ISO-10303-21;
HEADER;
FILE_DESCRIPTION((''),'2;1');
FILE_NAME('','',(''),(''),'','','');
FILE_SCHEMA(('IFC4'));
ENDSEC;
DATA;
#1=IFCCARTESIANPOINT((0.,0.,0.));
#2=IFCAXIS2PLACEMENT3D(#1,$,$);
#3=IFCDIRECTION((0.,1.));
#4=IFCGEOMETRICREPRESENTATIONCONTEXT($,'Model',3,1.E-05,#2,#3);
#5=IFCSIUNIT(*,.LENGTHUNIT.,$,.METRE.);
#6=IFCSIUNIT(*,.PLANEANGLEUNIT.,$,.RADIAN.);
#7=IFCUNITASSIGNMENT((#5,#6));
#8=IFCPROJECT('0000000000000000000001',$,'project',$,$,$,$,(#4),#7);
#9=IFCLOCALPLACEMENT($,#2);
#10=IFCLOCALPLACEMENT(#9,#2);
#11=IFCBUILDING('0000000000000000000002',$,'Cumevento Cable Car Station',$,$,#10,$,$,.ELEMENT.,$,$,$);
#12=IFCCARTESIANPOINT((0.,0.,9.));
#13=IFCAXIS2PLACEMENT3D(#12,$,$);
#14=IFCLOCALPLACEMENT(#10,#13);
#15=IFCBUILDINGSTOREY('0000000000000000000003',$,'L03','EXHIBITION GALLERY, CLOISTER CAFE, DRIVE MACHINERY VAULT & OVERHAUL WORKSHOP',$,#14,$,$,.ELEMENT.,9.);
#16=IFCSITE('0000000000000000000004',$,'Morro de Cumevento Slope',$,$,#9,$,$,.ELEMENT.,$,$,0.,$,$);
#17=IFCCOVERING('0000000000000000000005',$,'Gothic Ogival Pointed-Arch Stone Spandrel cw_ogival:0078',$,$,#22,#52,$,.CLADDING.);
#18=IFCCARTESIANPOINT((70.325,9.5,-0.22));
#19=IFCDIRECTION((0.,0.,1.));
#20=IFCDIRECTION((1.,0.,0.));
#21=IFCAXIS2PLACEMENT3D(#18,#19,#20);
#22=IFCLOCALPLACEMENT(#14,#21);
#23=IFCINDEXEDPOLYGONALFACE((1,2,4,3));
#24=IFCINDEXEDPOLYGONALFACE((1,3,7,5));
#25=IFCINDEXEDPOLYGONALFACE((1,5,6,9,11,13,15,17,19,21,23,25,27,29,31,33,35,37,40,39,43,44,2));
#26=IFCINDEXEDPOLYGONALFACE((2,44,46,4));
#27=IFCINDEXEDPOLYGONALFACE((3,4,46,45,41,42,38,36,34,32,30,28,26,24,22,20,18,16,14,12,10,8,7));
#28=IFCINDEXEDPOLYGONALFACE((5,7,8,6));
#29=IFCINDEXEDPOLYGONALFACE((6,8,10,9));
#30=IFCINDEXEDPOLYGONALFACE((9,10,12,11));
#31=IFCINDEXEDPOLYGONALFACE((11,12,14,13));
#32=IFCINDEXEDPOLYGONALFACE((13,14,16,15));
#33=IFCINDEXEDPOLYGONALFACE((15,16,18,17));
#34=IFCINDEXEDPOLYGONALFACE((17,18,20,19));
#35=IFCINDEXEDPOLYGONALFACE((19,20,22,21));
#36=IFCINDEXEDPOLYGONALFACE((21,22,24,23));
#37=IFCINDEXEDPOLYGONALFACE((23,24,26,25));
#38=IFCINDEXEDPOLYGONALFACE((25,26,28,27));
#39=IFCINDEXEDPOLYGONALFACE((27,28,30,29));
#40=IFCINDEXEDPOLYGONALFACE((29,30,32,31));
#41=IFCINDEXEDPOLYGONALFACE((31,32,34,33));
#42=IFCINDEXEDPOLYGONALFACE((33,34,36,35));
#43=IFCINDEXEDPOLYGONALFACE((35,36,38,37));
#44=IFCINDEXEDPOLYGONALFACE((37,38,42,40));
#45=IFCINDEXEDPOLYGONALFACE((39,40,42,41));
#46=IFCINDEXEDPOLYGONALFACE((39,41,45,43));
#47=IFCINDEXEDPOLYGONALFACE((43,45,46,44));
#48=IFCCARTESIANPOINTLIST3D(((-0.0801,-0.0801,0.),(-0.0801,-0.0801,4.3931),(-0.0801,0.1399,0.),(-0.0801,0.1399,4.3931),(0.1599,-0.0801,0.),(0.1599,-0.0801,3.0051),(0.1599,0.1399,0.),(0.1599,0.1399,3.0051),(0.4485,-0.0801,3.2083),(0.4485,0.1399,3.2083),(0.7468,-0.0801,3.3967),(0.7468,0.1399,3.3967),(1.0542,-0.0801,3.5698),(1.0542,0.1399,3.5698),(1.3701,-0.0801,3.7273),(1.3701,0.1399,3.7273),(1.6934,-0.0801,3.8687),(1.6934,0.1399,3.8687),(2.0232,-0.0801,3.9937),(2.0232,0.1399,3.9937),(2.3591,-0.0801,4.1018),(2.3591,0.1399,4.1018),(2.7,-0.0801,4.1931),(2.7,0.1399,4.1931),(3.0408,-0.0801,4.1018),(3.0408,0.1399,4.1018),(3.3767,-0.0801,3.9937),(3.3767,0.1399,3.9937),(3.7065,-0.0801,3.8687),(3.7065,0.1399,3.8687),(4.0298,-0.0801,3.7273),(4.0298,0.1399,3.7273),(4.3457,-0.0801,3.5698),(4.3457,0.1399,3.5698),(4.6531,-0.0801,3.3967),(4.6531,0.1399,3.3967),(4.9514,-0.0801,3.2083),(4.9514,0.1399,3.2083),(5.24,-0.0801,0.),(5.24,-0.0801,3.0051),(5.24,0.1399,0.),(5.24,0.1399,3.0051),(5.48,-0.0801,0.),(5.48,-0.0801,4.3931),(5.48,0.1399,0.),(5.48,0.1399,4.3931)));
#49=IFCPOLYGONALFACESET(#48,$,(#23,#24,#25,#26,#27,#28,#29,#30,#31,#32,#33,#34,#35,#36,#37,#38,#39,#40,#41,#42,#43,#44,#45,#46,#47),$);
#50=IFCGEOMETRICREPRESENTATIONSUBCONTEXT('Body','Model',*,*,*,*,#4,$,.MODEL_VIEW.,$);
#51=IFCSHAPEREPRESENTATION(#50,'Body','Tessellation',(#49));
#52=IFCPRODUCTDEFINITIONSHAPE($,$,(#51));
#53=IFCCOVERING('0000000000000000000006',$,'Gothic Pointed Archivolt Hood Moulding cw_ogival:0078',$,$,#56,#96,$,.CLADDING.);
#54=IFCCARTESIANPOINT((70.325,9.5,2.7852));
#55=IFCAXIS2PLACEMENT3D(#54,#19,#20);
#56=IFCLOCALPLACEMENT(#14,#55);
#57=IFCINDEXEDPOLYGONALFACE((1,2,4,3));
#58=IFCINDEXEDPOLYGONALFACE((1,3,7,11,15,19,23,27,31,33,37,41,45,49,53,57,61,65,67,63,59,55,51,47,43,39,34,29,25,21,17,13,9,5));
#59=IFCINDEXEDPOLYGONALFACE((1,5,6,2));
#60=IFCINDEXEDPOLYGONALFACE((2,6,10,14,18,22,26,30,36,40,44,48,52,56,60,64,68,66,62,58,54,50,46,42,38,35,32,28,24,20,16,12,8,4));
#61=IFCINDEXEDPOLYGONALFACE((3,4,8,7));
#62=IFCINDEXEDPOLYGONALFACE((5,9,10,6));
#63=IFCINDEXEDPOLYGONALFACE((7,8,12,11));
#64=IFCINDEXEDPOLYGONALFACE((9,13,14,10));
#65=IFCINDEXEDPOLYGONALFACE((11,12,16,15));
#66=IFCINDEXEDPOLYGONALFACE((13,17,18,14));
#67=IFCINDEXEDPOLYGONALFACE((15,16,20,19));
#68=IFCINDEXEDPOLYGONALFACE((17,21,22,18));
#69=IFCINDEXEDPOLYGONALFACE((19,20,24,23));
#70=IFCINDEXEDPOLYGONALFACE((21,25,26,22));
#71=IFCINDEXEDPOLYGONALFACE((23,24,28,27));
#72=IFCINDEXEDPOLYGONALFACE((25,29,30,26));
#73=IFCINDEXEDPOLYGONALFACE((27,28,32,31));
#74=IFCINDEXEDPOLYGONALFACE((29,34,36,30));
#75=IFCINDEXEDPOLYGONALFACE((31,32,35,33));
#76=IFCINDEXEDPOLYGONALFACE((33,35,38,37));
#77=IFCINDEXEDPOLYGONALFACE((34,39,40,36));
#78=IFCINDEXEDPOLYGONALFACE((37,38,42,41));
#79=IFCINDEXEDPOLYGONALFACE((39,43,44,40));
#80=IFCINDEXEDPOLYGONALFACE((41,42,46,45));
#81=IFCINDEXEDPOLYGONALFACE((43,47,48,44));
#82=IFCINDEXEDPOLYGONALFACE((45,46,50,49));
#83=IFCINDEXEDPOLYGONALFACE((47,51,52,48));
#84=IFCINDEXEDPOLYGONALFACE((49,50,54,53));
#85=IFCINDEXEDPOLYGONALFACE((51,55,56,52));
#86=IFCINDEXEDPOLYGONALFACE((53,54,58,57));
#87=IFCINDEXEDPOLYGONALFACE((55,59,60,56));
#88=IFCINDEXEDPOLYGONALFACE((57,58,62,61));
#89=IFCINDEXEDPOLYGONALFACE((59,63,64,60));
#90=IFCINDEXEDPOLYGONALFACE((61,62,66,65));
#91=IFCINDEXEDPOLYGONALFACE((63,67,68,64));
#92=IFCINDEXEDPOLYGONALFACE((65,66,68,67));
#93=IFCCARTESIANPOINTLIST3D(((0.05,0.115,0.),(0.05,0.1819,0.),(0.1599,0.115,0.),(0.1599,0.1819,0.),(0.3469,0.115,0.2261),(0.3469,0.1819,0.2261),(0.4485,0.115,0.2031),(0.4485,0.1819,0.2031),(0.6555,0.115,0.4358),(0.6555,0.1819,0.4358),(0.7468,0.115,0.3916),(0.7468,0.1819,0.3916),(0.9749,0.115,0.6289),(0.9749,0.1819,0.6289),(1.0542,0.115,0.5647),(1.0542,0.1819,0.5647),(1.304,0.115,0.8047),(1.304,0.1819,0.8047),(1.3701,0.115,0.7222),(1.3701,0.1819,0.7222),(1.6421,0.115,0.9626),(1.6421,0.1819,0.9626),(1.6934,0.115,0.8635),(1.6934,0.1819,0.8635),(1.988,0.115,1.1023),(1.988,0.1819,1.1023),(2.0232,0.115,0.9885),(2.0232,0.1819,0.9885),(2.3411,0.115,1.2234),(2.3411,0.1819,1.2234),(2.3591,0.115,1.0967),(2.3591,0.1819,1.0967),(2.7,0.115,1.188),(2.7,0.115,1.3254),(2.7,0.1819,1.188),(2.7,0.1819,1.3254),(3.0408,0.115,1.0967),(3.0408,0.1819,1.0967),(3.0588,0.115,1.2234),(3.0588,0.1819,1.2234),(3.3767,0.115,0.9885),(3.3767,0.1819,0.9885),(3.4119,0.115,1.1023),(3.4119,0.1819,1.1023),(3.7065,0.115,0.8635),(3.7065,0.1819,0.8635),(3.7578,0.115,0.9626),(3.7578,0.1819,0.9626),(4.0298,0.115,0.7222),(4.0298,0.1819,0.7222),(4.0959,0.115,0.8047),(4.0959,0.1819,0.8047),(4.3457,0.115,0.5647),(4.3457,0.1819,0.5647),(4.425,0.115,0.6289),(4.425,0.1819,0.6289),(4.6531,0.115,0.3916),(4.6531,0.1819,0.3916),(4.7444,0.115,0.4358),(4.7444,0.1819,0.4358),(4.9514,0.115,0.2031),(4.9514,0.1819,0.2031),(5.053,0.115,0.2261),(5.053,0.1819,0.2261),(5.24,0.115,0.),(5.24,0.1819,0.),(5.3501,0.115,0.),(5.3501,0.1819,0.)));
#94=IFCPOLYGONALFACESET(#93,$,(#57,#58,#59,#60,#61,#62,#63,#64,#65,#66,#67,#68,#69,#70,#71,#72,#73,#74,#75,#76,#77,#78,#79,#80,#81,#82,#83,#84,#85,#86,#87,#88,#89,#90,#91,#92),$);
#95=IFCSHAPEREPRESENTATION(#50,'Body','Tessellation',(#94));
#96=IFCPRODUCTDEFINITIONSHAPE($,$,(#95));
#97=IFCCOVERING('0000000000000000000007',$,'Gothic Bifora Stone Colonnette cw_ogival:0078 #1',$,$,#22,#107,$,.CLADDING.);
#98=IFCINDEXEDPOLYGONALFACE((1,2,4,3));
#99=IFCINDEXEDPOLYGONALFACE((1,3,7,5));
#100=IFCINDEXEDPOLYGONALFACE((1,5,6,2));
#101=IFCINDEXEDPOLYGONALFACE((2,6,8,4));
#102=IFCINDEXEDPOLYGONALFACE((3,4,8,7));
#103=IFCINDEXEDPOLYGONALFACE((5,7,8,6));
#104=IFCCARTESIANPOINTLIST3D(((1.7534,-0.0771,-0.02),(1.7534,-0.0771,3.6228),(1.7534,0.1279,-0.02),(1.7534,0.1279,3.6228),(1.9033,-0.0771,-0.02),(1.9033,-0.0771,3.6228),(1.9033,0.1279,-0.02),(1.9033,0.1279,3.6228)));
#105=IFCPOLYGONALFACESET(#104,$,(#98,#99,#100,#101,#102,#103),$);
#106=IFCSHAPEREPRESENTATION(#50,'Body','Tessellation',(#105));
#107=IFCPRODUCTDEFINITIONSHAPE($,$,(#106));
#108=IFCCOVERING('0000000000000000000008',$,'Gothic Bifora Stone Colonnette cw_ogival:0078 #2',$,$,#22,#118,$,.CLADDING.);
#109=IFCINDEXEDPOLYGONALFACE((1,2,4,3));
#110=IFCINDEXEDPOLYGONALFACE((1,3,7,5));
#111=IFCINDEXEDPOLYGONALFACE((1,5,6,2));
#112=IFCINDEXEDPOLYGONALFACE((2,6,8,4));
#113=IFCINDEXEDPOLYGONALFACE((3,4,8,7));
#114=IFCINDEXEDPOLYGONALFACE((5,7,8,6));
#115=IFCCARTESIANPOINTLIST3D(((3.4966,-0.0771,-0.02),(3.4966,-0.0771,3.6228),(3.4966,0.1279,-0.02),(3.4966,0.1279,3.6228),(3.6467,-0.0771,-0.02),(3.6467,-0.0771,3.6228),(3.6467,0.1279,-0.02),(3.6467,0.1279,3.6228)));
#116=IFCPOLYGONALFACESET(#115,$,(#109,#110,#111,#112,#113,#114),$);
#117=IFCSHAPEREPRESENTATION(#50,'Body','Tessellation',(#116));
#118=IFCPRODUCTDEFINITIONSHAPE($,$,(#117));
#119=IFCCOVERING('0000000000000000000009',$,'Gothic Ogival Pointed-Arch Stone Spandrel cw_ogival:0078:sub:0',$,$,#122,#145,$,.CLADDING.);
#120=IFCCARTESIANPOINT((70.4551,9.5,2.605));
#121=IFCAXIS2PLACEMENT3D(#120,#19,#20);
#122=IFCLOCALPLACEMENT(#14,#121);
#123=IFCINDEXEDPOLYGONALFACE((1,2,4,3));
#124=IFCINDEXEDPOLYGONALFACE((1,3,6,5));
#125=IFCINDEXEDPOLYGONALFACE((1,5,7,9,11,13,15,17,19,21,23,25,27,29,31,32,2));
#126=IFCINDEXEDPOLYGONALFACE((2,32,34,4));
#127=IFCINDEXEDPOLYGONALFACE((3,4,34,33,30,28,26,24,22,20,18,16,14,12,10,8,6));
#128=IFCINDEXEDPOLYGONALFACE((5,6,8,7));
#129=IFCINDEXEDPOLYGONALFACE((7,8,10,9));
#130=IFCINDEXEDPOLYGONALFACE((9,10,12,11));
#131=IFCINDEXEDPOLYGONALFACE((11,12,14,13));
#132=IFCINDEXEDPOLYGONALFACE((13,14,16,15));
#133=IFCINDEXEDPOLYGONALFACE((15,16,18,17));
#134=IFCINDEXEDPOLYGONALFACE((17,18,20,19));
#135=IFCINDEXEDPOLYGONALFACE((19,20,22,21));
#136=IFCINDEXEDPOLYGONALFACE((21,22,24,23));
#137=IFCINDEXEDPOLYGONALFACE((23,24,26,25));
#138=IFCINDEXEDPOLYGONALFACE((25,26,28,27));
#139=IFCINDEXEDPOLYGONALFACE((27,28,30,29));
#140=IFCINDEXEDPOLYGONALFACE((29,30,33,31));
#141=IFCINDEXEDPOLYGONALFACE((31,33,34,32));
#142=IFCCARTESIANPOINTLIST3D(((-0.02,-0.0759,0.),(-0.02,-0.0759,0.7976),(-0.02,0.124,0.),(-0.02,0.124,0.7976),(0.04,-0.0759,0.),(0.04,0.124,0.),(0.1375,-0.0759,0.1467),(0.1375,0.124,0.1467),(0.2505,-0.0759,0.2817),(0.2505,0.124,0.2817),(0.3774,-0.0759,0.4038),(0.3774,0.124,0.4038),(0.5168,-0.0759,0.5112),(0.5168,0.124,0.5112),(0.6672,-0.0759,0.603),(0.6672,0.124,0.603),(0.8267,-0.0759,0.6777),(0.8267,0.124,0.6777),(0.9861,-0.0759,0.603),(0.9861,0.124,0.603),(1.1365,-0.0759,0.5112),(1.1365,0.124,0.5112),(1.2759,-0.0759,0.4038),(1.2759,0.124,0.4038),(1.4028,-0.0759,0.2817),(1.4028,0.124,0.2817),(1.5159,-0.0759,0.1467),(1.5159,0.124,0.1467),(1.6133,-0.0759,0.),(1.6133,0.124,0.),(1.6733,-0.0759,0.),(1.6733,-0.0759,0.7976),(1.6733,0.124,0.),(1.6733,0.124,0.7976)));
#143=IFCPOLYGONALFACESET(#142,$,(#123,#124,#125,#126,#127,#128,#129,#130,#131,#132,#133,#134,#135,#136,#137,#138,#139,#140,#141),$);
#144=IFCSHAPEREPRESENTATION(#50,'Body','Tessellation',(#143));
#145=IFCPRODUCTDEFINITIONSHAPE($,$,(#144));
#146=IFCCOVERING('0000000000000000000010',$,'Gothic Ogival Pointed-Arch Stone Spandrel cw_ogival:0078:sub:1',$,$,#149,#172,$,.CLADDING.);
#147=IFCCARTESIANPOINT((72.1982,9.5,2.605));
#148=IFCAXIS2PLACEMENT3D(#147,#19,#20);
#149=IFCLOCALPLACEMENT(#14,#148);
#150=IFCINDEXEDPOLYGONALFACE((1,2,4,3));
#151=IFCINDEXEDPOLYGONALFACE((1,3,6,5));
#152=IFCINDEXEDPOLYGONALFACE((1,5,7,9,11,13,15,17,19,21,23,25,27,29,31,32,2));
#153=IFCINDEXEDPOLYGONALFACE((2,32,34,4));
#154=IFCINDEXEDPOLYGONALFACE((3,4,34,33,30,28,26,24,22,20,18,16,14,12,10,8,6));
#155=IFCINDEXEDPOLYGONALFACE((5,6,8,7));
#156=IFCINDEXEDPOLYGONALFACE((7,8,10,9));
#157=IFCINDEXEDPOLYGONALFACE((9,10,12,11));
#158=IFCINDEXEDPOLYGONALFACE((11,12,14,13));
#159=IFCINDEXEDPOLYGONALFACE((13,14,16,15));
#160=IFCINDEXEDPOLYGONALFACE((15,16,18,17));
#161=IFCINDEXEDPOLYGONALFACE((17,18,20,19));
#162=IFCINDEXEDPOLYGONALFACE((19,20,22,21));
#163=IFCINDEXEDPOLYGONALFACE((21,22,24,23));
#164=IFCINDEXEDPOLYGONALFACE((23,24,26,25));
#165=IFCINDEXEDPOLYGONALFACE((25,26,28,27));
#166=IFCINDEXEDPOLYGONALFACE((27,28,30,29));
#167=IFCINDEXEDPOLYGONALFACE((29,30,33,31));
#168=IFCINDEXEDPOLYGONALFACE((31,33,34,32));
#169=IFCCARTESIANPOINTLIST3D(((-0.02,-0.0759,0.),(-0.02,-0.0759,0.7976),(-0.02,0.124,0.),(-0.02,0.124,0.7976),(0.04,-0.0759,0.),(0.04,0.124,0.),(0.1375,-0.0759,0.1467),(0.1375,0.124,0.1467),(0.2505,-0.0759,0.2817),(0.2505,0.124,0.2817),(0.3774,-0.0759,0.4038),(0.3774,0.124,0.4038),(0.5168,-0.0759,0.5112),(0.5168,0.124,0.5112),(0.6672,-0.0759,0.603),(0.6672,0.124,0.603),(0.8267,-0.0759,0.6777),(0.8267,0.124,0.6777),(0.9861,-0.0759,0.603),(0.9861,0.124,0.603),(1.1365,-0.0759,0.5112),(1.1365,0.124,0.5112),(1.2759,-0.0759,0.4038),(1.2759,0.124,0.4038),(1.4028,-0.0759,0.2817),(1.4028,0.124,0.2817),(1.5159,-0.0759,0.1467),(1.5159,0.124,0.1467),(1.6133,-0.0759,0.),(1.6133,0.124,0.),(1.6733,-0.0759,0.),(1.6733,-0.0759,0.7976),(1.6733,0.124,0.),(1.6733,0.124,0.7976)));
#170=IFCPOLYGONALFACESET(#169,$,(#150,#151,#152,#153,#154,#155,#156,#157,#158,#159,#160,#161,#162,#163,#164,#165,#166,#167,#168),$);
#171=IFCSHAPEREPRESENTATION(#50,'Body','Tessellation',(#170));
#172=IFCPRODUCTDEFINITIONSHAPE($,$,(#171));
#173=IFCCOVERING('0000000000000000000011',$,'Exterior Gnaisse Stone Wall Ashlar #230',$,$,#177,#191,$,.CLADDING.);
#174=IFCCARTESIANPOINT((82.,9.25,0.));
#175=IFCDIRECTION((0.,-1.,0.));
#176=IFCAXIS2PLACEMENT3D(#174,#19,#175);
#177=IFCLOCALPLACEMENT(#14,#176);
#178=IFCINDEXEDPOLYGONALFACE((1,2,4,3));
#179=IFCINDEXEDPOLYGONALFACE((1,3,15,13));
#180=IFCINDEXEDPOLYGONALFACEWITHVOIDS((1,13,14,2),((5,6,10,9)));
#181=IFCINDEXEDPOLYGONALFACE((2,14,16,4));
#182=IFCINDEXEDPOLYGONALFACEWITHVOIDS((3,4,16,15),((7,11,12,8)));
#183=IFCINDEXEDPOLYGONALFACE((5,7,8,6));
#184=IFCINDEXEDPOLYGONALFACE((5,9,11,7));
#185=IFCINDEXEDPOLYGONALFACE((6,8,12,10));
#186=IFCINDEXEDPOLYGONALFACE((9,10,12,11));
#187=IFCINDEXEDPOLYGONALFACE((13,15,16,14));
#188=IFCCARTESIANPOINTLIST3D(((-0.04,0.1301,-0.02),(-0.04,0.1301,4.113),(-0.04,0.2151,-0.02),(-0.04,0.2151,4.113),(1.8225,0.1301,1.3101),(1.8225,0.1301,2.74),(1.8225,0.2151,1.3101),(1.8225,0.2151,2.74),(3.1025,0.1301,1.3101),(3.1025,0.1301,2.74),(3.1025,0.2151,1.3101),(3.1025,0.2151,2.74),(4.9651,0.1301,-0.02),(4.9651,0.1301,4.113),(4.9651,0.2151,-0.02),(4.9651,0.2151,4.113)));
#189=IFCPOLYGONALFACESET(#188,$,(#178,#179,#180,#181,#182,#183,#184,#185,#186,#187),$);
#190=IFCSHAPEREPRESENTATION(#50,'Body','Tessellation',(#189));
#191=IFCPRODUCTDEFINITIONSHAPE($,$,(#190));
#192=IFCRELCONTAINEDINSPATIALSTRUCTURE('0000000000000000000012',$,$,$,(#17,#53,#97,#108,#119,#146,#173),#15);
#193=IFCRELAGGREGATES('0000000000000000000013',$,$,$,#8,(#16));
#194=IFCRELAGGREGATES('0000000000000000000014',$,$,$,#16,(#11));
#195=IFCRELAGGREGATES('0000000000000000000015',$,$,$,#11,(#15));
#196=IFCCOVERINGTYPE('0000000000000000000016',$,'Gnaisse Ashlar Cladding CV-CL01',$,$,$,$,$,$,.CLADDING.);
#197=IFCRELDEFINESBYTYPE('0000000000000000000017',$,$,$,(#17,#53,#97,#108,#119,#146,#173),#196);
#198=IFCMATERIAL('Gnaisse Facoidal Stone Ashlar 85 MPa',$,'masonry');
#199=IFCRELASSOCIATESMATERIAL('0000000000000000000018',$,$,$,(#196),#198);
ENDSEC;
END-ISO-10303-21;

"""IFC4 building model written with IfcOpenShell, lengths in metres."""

from ifc_helpers import new_model, si_unit, direction, frame, origin, place, context, subcontext, project, spatial, polyline, outline, extrude, material, type_object, element, save


model = new_model("IFC4")

# Units and contexts
model_context = context("Model", 3, precision=1e-05, world=origin(), true_north=direction((0.0, 1.0)))
body_context = subcontext(model_context, "Body", "Model", "MODEL_VIEW")
ifc_project = project(units=[si_unit("LENGTHUNIT", "METRE"), si_unit("PLANEANGLEUNIT", "RADIAN")], contexts=[model_context])

# Site, building, storey
site_placement = place(None, origin())
site = spatial("IfcSite", under=ifc_project, at=site_placement, Name="Morro de Cumevento Slope", CompositionType="ELEMENT", RefElevation=0.0)
building_placement = place(site_placement, origin())
building = spatial("IfcBuilding", under=site, at=building_placement, Name="Cumevento Cable Car Station", CompositionType="ELEMENT")
storey_placement = place(building_placement, frame((0.0, 0.0, 9.0)))
storey = spatial("IfcBuildingStorey", under=building, at=storey_placement, Name="L03", Description="EXHIBITION GALLERY, CLOISTER CAFE, DRIVE MACHINERY VAULT & OVERHAUL WORKSHOP", CompositionType="ELEMENT", Elevation=9.0)

# Coverings
ifc_material_1 = material(Name="Gnaisse Facoidal Stone Ashlar 85 MPa", Category="masonry")
covering_type = type_object("IfcCoveringType", Name="Gnaisse Ashlar Cladding CV-CL01", PredefinedType="CLADDING", material=ifc_material_1)
placement = place(storey_placement, frame((70.325, 9.5, -0.22), z_axis=(0.0, 0.0, 1.0), x_axis=(1.0, 0.0, 0.0)))
element("IfcCovering", 1, at=placement, inside=storey, type_object=covering_type, Name="Gothic Ogival Pointed-Arch Stone Spandrel cw_ogival:0078", PredefinedType="CLADDING", context=body_context, shape_type="SweptSolid", body=[
    extrude(outline(polyline([(-0.0801, 0.0), (-0.0801, 4.3931), (5.48, 4.3931), (5.48, 0.0), (5.24, 0.0), (5.24, 3.0051), (4.9514, 3.2083), (4.6531, 3.3967), (4.3457, 3.5698), (4.0298, 3.7273), (3.7065, 3.8687), (3.3767, 3.9937), (3.0408, 4.1018), (2.7, 4.1931), (2.3591, 4.1018), (2.0232, 3.9937), (1.6934, 3.8687), (1.3701, 3.7273), (1.0542, 3.5698), (0.7468, 3.3967), (0.4485, 3.2083), (0.1599, 3.0051), (0.1599, 0.0), (-0.0801, 0.0)])), frame((0.0, 0.1399, 0.0), z_axis=(0.0, -1.0, 0.0), x_axis=(1.0, 0.0, 0.0)), (0.0, 0.0, 1.0), 0.22),
])
covering_1_placement = place(storey_placement, frame((70.325, 9.5, 2.7852), z_axis=(0.0, 0.0, 1.0), x_axis=(1.0, 0.0, 0.0)))
element("IfcCovering", 2, at=covering_1_placement, inside=storey, type_object=covering_type, Name="Gothic Pointed Archivolt Hood Moulding cw_ogival:0078", PredefinedType="CLADDING", context=body_context, shape_type="SweptSolid", body=[
    extrude(outline(polyline([(0.1599, 0.0), (0.4485, 0.2031), (0.7468, 0.3916), (1.0542, 0.5647), (1.3701, 0.7222), (1.6934, 0.8635), (2.0232, 0.9885), (2.3591, 1.0967), (2.7, 1.188), (3.0408, 1.0967), (3.3767, 0.9885), (3.7065, 0.8635), (4.0298, 0.7222), (4.3457, 0.5647), (4.6531, 0.3916), (4.9514, 0.2031), (5.24, 0.0), (5.3501, 0.0), (5.053, 0.2261), (4.7444, 0.4358), (4.425, 0.6289), (4.0959, 0.8047), (3.7578, 0.9626), (3.4119, 1.1023), (3.0588, 1.2234), (2.7, 1.3254), (2.3411, 1.2234), (1.988, 1.1023), (1.6421, 0.9626), (1.304, 0.8047), (0.9749, 0.6289), (0.6555, 0.4358), (0.3469, 0.2261), (0.05, 0.0), (0.1599, 0.0)])), frame((0.0, 0.1819, 0.0), z_axis=(0.0, -1.0, 0.0), x_axis=(1.0, 0.0, 0.0)), (0.0, 0.0, 1.0), 0.0669),
])
element("IfcCovering", 3, at=placement, inside=storey, type_object=covering_type, Name="Gothic Bifora Stone Colonnette cw_ogival:0078 #1", PredefinedType="CLADDING", context=body_context, shape_type="SweptSolid", body=[
    extrude(outline(polyline([(1.7534, -0.02), (1.9033, -0.02), (1.9033, 3.6228), (1.7534, 3.6228), (1.7534, -0.02)])), frame((0.0, 0.1279, 0.0), z_axis=(0.0, -1.0, 0.0), x_axis=(1.0, 0.0, 0.0)), (0.0, 0.0, 1.0), 0.2051),
])
element("IfcCovering", 4, at=placement, inside=storey, type_object=covering_type, Name="Gothic Bifora Stone Colonnette cw_ogival:0078 #2", PredefinedType="CLADDING", context=body_context, shape_type="SweptSolid", body=[
    extrude(outline(polyline([(3.4966, -0.02), (3.6467, -0.02), (3.6467, 3.6228), (3.4966, 3.6228), (3.4966, -0.02)])), frame((0.0, 0.1279, 0.0), z_axis=(0.0, -1.0, 0.0), x_axis=(1.0, 0.0, 0.0)), (0.0, 0.0, 1.0), 0.2051),
])
for number, where, z_axis, x_axis, name in (
    (5, (70.4551, 9.5, 2.605), (0.0, 0.0, 1.0), (1.0, 0.0, 0.0), "Gothic Ogival Pointed-Arch Stone Spandrel cw_ogival:0078:sub:0"),
    (6, (72.1982, 9.5, 2.605), (0.0, 0.0, 1.0), (1.0, 0.0, 0.0), "Gothic Ogival Pointed-Arch Stone Spandrel cw_ogival:0078:sub:1"),
):
    element("IfcCovering", number, at=place(storey_placement, frame(where, z_axis=z_axis, x_axis=x_axis)), inside=storey, type_object=covering_type, Name=name, PredefinedType="CLADDING", context=body_context, shape_type="SweptSolid", body=[
        extrude(outline(polyline([(-0.02, 0.0), (-0.02, 0.7976), (1.6733, 0.7976), (1.6733, 0.0), (1.6133, 0.0), (1.5159, 0.1467), (1.4028, 0.2817), (1.2759, 0.4038), (1.1365, 0.5112), (0.9861, 0.603), (0.8267, 0.6777), (0.6672, 0.603), (0.5168, 0.5112), (0.3774, 0.4038), (0.2505, 0.2817), (0.1375, 0.1467), (0.04, 0.0), (-0.02, 0.0)])), frame((0.0, 0.124, 0.0), z_axis=(0.0, -1.0, 0.0), x_axis=(1.0, 0.0, 0.0)), (0.0, 0.0, 1.0), 0.2),
    ])
covering_2_placement = place(storey_placement, frame((82.0, 9.25, 0.0), z_axis=(0.0, 0.0, 1.0), x_axis=(0.0, -1.0, 0.0)))
element("IfcCovering", 7, at=covering_2_placement, inside=storey, type_object=covering_type, Name="Exterior Gnaisse Stone Wall Ashlar #230", PredefinedType="CLADDING", context=body_context, shape_type="SweptSolid", body=[
    extrude(outline(polyline([(-0.04, -0.02), (4.9651, -0.02), (4.9651, 4.113), (-0.04, 4.113), (-0.04, -0.02)]), holes=[polyline([(1.8225, 1.3101), (3.1025, 1.3101), (3.1025, 2.74), (1.8225, 2.74), (1.8225, 1.3101)])]), frame((0.0, 0.2151, 0.0), z_axis=(0.0, -1.0, 0.0), x_axis=(1.0, 0.0, 0.0)), (0.0, 0.0, 1.0), 0.085),
])

save(model, "model.ifc")
